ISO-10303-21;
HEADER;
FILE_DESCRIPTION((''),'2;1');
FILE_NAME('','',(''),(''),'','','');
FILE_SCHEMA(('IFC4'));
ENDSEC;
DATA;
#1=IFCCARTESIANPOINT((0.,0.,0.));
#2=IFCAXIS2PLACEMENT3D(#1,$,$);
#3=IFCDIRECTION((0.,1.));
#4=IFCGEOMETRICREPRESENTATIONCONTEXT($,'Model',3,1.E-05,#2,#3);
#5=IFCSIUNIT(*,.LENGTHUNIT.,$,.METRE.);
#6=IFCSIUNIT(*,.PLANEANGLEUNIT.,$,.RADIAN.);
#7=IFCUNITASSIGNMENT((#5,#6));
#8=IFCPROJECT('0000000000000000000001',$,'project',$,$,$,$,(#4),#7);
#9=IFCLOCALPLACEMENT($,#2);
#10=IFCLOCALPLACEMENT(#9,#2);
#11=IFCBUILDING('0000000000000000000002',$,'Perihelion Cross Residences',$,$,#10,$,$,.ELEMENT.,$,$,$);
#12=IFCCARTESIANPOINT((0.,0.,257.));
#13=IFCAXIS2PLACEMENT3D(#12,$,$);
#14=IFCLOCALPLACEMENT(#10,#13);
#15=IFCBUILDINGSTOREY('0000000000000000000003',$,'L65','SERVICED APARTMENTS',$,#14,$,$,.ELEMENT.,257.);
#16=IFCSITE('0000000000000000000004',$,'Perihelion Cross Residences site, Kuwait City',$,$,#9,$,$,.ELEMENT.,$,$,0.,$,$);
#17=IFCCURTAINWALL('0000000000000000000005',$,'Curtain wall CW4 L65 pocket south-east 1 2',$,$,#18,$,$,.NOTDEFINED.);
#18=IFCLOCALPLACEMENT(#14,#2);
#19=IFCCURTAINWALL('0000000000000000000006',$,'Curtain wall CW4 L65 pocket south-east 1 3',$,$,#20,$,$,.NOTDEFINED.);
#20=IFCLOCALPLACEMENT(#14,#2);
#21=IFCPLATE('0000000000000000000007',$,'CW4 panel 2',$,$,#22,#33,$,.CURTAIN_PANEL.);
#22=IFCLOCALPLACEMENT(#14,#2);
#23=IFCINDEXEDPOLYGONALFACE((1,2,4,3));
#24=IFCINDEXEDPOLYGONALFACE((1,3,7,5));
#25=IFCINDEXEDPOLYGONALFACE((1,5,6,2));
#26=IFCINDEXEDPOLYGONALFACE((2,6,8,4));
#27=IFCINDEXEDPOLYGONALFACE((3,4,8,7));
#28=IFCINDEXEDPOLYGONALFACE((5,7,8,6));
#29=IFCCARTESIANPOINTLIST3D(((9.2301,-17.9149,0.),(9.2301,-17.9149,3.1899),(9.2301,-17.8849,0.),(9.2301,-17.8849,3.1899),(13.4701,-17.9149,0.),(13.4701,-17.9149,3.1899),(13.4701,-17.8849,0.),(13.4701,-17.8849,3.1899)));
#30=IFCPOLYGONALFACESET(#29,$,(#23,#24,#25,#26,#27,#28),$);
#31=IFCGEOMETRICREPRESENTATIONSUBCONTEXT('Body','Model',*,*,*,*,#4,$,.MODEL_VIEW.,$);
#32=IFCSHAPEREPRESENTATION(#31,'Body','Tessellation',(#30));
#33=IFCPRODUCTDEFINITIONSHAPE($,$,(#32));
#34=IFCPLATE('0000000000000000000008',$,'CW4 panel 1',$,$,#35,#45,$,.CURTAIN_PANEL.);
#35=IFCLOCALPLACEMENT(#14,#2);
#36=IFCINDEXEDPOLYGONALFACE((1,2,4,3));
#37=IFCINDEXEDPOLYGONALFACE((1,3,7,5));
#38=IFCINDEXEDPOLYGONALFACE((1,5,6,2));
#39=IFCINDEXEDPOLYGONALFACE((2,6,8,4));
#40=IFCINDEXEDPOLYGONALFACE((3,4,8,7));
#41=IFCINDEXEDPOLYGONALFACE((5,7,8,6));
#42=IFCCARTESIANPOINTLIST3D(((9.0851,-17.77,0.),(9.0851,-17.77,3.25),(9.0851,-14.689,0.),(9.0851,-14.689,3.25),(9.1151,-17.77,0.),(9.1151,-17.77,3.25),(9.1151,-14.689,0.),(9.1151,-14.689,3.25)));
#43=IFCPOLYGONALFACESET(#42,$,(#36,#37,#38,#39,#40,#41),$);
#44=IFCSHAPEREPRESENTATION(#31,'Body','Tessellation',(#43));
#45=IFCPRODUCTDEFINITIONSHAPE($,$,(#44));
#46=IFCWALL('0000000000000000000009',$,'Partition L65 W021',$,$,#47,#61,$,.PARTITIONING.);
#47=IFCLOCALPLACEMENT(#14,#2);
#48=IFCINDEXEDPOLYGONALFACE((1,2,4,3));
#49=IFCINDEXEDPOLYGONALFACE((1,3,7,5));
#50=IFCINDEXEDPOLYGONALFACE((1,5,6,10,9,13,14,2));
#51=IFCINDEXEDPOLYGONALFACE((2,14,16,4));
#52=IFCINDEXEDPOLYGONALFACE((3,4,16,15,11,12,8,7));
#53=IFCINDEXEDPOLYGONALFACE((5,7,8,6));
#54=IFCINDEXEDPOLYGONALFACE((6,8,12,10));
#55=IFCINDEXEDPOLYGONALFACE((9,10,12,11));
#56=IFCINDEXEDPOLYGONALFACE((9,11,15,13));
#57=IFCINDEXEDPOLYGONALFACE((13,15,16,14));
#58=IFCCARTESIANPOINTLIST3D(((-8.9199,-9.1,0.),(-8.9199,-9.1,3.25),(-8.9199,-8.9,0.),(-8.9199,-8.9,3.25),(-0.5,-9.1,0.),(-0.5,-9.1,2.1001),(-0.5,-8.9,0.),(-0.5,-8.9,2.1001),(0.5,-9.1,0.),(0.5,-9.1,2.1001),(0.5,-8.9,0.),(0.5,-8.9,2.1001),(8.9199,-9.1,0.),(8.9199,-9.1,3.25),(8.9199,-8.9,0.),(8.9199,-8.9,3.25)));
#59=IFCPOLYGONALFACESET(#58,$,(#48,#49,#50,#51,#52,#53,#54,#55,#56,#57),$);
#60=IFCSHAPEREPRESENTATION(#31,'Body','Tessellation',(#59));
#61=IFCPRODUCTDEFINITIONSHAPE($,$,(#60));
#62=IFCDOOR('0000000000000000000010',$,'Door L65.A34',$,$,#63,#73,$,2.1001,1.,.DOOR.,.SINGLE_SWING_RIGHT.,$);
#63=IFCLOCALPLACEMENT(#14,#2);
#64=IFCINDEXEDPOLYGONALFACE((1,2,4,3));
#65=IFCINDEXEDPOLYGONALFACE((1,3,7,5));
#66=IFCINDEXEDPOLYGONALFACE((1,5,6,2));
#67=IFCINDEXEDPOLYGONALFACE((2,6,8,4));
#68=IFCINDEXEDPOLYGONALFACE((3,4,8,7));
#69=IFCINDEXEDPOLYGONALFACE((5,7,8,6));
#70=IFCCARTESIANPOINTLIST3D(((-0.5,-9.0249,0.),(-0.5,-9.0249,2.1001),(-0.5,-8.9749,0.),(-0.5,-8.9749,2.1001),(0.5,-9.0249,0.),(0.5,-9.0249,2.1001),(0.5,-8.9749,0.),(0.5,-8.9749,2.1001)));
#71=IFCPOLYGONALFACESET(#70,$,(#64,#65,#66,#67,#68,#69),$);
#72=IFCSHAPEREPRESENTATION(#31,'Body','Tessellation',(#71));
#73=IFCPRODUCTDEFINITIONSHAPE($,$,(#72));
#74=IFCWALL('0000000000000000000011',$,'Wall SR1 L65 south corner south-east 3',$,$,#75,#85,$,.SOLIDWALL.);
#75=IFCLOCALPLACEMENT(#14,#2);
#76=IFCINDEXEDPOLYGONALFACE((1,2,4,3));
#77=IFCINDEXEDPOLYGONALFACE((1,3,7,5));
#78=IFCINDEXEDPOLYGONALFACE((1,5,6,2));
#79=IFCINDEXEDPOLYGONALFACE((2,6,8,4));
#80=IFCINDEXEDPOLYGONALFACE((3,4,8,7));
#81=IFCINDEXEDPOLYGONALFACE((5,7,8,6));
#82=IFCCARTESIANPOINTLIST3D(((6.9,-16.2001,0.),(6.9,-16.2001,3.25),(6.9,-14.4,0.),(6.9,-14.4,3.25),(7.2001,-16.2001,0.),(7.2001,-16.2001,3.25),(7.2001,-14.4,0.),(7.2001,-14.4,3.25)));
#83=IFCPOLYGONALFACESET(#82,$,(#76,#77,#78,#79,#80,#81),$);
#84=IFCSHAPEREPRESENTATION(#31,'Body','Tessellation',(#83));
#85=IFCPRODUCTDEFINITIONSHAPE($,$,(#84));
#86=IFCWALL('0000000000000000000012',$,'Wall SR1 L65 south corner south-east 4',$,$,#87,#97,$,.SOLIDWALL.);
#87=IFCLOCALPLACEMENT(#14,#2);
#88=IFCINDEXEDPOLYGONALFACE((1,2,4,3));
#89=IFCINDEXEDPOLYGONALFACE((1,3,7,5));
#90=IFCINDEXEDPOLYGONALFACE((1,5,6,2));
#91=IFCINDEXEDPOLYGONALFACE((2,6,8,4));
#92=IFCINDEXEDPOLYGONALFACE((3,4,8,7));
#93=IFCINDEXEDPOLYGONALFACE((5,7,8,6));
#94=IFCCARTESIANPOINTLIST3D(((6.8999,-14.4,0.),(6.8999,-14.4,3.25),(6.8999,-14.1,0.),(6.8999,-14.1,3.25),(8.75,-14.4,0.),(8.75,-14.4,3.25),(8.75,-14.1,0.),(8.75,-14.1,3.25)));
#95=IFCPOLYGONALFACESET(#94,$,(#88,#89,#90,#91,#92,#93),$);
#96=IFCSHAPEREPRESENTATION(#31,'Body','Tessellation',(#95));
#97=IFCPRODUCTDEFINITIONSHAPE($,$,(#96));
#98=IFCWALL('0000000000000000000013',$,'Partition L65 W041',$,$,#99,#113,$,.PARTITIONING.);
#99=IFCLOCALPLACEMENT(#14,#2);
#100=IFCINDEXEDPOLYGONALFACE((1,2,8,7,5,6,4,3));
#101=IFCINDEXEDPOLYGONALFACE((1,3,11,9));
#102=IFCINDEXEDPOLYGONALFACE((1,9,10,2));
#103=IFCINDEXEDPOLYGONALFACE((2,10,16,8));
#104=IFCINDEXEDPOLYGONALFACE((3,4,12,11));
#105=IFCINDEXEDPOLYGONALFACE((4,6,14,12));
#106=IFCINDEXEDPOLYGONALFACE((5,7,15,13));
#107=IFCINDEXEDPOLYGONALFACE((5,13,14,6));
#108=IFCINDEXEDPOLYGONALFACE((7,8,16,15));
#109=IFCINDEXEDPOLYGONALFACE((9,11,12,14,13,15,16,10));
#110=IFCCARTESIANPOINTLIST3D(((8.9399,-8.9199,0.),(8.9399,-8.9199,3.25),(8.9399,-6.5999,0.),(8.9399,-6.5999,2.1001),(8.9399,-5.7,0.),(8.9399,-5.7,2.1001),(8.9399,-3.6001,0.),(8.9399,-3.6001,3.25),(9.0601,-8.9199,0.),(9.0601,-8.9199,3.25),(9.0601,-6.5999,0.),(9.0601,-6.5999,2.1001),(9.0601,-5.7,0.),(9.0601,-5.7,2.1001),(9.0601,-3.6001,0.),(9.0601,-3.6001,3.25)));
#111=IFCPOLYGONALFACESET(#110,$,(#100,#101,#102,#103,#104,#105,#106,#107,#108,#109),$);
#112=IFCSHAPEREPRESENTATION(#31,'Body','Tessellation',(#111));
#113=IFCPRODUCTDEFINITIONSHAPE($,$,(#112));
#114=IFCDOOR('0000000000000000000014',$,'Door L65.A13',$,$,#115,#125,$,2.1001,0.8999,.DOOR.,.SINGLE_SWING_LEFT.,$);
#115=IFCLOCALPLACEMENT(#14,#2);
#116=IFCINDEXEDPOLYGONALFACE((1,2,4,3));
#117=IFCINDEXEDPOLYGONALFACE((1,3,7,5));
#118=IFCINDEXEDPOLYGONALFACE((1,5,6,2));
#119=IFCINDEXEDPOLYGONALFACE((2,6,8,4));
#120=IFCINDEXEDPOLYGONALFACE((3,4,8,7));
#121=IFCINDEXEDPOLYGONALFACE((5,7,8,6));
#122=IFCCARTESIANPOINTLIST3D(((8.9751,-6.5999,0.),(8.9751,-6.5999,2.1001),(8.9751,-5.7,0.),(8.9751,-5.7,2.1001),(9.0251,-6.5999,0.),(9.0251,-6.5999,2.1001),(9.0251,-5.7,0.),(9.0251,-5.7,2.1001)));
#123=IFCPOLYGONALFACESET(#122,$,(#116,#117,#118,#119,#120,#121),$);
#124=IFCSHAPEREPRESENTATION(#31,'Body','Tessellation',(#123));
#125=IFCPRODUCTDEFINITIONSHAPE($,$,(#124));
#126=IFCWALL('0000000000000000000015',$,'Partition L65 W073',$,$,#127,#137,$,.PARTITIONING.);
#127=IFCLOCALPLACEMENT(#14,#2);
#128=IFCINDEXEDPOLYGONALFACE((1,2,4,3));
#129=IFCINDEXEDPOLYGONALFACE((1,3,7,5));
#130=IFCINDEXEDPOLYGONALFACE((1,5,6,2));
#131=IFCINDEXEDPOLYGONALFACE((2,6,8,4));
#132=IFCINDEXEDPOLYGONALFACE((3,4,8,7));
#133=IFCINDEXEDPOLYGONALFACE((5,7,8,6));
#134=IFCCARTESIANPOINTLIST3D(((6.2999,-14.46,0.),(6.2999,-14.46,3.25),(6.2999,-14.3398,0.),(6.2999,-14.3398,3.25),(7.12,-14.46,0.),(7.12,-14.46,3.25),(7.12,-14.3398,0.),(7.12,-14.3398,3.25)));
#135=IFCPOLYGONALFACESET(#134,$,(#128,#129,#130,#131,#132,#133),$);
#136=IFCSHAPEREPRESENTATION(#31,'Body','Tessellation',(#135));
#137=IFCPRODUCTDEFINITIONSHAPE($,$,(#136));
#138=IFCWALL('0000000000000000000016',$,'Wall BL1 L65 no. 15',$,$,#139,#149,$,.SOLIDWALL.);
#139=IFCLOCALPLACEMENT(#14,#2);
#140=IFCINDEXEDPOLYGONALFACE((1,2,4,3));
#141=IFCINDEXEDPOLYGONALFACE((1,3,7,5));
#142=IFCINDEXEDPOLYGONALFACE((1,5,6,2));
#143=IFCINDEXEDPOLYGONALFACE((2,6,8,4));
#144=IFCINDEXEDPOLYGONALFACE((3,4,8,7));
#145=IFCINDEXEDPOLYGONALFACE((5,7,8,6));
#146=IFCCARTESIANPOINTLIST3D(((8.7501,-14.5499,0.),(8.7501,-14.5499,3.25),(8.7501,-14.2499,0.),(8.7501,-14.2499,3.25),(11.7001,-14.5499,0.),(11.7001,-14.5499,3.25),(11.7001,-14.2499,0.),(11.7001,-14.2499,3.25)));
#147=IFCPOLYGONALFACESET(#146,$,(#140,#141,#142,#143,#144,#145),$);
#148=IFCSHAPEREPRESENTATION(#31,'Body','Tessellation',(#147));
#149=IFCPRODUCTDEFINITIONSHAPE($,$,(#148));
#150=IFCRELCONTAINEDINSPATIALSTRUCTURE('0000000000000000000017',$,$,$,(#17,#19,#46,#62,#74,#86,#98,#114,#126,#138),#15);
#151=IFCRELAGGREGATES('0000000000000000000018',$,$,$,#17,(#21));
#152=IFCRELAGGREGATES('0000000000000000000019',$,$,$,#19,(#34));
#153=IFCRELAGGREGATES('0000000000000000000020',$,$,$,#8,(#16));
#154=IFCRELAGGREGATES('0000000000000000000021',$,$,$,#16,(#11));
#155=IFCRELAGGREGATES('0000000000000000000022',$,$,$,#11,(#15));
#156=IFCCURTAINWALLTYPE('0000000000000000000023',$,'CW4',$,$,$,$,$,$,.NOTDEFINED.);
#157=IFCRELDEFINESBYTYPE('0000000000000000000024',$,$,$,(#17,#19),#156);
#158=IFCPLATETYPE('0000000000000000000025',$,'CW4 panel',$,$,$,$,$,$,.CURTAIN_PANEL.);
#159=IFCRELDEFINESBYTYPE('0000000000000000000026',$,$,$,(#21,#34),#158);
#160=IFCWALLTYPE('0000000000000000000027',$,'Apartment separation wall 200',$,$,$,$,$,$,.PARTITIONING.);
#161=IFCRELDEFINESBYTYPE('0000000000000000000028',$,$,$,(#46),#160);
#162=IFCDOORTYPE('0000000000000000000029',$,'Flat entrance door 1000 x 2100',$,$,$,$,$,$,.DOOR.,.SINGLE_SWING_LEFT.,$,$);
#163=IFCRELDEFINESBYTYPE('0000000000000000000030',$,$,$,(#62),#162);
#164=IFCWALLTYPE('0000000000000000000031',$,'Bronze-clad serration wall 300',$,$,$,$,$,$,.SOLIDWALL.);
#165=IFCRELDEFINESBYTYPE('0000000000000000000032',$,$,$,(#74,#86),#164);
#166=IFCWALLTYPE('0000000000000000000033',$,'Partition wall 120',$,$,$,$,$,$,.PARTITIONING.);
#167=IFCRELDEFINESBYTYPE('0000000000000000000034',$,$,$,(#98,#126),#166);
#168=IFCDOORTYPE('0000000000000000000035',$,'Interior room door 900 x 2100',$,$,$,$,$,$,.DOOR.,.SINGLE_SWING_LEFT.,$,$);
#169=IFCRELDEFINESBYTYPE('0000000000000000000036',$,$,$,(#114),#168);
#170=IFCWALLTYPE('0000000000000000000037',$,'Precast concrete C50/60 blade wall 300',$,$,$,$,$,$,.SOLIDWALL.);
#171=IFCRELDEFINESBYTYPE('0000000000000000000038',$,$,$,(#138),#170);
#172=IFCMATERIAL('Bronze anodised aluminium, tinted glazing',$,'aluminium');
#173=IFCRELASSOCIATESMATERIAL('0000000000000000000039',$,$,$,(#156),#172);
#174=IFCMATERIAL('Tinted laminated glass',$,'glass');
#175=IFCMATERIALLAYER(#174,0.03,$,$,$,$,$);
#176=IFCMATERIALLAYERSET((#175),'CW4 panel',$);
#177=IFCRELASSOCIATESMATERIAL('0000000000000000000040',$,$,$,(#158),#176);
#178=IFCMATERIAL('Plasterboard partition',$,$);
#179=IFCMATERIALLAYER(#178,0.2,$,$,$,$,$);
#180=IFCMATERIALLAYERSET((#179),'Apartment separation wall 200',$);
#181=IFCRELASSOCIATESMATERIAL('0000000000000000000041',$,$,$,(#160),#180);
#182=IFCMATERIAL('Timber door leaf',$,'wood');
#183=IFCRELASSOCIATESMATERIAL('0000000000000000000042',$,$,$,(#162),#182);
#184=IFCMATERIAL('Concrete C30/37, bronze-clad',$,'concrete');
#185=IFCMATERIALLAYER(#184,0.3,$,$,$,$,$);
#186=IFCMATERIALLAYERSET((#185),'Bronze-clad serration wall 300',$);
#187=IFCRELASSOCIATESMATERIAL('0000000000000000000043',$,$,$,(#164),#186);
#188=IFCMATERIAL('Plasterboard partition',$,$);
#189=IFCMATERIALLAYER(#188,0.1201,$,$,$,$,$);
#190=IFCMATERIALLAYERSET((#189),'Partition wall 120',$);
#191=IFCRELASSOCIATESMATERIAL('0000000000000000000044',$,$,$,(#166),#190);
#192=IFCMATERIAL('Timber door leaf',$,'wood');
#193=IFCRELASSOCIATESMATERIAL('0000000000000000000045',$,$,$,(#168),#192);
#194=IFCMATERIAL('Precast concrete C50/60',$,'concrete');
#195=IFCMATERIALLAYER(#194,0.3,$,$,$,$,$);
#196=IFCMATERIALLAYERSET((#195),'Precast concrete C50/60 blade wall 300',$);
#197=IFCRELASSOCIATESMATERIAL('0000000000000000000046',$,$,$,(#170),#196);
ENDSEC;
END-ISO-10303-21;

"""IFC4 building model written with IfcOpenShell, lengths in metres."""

from ifc_helpers import new_model, si_unit, direction, frame, frame_2d, origin, origin_2d, place, context, subcontext, project, spatial, rectangle, extrude, material, layer, layer_set, type_object, element, fill, aggregate, save


model = new_model("IFC4")

# Units and contexts
model_context = context("Model", 3, precision=1e-05, world=origin(), true_north=direction((0.0, 1.0)))
body_context = subcontext(model_context, "Body", "Model", "MODEL_VIEW")
ifc_project = project(units=[si_unit("LENGTHUNIT", "METRE"), si_unit("PLANEANGLEUNIT", "RADIAN")], contexts=[model_context])

# Site, building, storey
site_placement = place(None, origin())
site = spatial("IfcSite", under=ifc_project, at=site_placement, Name="Perihelion Cross Residences site, Kuwait City", CompositionType="ELEMENT", RefElevation=0.0)
building_placement = place(site_placement, origin())
building = spatial("IfcBuilding", under=site, at=building_placement, Name="Perihelion Cross Residences", CompositionType="ELEMENT")
storey_placement = place(building_placement, frame((0.0, 0.0, 257.0)))
storey = spatial("IfcBuildingStorey", under=building, at=storey_placement, Name="L65", Description="SERVICED APARTMENTS", CompositionType="ELEMENT", Elevation=257.0)

# Curtain wall
ifc_material_1 = material(Name="Bronze anodised aluminium, tinted glazing", Category="aluminium")
curtain_wall_type_1 = type_object("IfcCurtainWallType", Name="CW4", PredefinedType="NOTDEFINED", material=ifc_material_1)
curtain_wall_1_placement = place(storey_placement, origin())
curtain_wall_1 = element("IfcCurtainWall", 1, at=curtain_wall_1_placement, inside=storey, type_object=curtain_wall_type_1, Name="Curtain wall CW4 L65 pocket south-east 1 2", PredefinedType="NOTDEFINED")

# Curtain wall
curtain_wall_2_placement = place(storey_placement, origin())
curtain_wall_2 = element("IfcCurtainWall", 2, at=curtain_wall_2_placement, inside=storey, type_object=curtain_wall_type_1, Name="Curtain wall CW4 L65 pocket south-east 1 3", PredefinedType="NOTDEFINED")

# Plates
ifc_material_2 = material(Name="Tinted laminated glass", Category="glass")
ifc_layer_1 = layer(ifc_material_2, 0.03)
ifc_layer_set_1 = layer_set([ifc_layer_1], Name="CW4 panel")
plate_type_1 = type_object("IfcPlateType", Name="CW4 panel", PredefinedType="CURTAIN_PANEL", material=ifc_layer_set_1)
plate_1_placement = place(storey_placement, frame((11.3501, -17.8999, 0.0), z_axis=(0.0, 0.0, 1.0), x_axis=(-1.0, 0.0, 0.0)))
plate_1 = element("IfcPlate", 3, at=plate_1_placement, type_object=plate_type_1, Name="CW4 panel 2", PredefinedType="CURTAIN_PANEL", context=body_context, shape_type="SweptSolid", body=[
    extrude(rectangle(XDim=4.24, YDim=0.03, at=origin_2d()), origin(), (0.0, 0.0, 1.0), 3.1899),
])
aggregate(curtain_wall_1, [plate_1])
plate_2_placement = place(storey_placement, frame((9.1001, -16.2295, 0.0), z_axis=(0.0, 0.0, 1.0), x_axis=(0.0, 1.0, 0.0)))
plate_2 = element("IfcPlate", 4, at=plate_2_placement, type_object=plate_type_1, Name="CW4 panel 1", PredefinedType="CURTAIN_PANEL", context=body_context, shape_type="SweptSolid", body=[
    extrude(rectangle(XDim=3.0811, YDim=0.03, at=origin_2d()), origin(), (0.0, 0.0, 1.0), 3.25),
])
aggregate(curtain_wall_2, [plate_2])

# Wall, opening, door
ifc_material_3 = material(Name="Plasterboard partition")
ifc_layer_2 = layer(ifc_material_3, 0.2)
ifc_layer_set_2 = layer_set([ifc_layer_2], Name="Apartment separation wall 200")
wall_type_1 = type_object("IfcWallType", Name="Apartment separation wall 200", PredefinedType="PARTITIONING", material=ifc_layer_set_2)
wall_1_placement = place(storey_placement, frame((8.9199, -9.0, 0.0), z_axis=(0.0, 0.0, 1.0), x_axis=(-1.0, 0.0, 0.0)))
wall_1 = element("IfcWall", 5, at=wall_1_placement, inside=storey, type_object=wall_type_1, Name="Partition L65 W021", PredefinedType="PARTITIONING", context=body_context, shape_type="SweptSolid", body=[
    extrude(rectangle(XDim=17.8398, YDim=0.2, at=frame_2d((8.9199, 0.0))), origin(), (0.0, 0.0, 1.0), 3.25),
])
opening_1_placement = place(wall_1_placement, frame((8.4199, 0.0, 0.0)))
opening_1 = element("IfcOpeningElement", 6, at=opening_1_placement, cuts=wall_1, PredefinedType="OPENING", context=body_context, shape_type="SweptSolid", body=[
    extrude(rectangle(XDim=1.0, YDim=2.1001, at=frame_2d((0.5, 1.05))), frame((0.0, 0.1099, 0.0), z_axis=(0.0, -1.0, 0.0), x_axis=(1.0, 0.0, 0.0)), (0.0, 0.0, 1.0), 0.22),
])
ifc_material_4 = material(Name="Timber door leaf", Category="wood")
door_type_1 = type_object("IfcDoorType", Name="Flat entrance door 1000 x 2100", OperationType="SINGLE_SWING_LEFT", PredefinedType="DOOR", material=ifc_material_4)
door_1_placement = place(opening_1_placement, origin())
door_1 = element("IfcDoor", 7, at=door_1_placement, inside=storey, type_object=door_type_1, Name="Door L65.A34", OperationType="SINGLE_SWING_RIGHT", OverallHeight=2.1001, OverallWidth=1.0, PredefinedType="DOOR", context=body_context, shape_type="SweptSolid", body=[
    extrude(rectangle(XDim=1.0, YDim=2.1001, at=frame_2d((0.5, 1.05))), frame((0.0, 0.0249, 0.0), z_axis=(0.0, -1.0, 0.0), x_axis=(1.0, 0.0, 0.0)), (0.0, 0.0, 1.0), 0.05),
])
fill(opening_1, door_1)

# Walls
ifc_material_5 = material(Name="Concrete C30/37, bronze-clad", Category="concrete")
ifc_layer_3 = layer(ifc_material_5, 0.3)
ifc_layer_set_3 = layer_set([ifc_layer_3], Name="Bronze-clad serration wall 300")
wall_type_2 = type_object("IfcWallType", Name="Bronze-clad serration wall 300", PredefinedType="SOLIDWALL", material=ifc_layer_set_3)
wall_2_placement = place(storey_placement, frame((7.05, -16.2, 0.0), z_axis=(0.0, 0.0, 1.0), x_axis=(0.0, 1.0, 0.0)))
element("IfcWall", 8, at=wall_2_placement, inside=storey, type_object=wall_type_2, Name="Wall SR1 L65 south corner south-east 3", PredefinedType="SOLIDWALL", context=body_context, shape_type="SweptSolid", body=[
    extrude(rectangle(XDim=1.8, YDim=0.3, at=frame_2d((0.8999, 0.0))), origin(), (0.0, 0.0, 1.0), 3.25),
])
wall_3_placement = place(storey_placement, frame((6.8999, -14.25, 0.0), z_axis=(0.0, 0.0, 1.0), x_axis=(1.0, 0.0, 0.0)))
element("IfcWall", 9, at=wall_3_placement, inside=storey, type_object=wall_type_2, Name="Wall SR1 L65 south corner south-east 4", PredefinedType="SOLIDWALL", context=body_context, shape_type="SweptSolid", body=[
    extrude(rectangle(XDim=1.8501, YDim=0.3, at=frame_2d((0.925, 0.0))), origin(), (0.0, 0.0, 1.0), 3.25),
])

# Wall, opening, door
ifc_material_6 = material(Name="Plasterboard partition")
ifc_layer_4 = layer(ifc_material_6, 0.1201)
ifc_layer_set_4 = layer_set([ifc_layer_4], Name="Partition wall 120")
wall_type_3 = type_object("IfcWallType", Name="Partition wall 120", PredefinedType="PARTITIONING", material=ifc_layer_set_4)
wall_4_placement = place(storey_placement, frame((9.0, -8.9199, 0.0), z_axis=(0.0, 0.0, 1.0), x_axis=(0.0, 1.0, 0.0)))
wall_4 = element("IfcWall", 10, at=wall_4_placement, inside=storey, type_object=wall_type_3, Name="Partition L65 W041", PredefinedType="PARTITIONING", context=body_context, shape_type="SweptSolid", body=[
    extrude(rectangle(XDim=5.3198, YDim=0.1201, at=frame_2d((2.6599, 0.0))), origin(), (0.0, 0.0, 1.0), 3.25),
])
opening_2_placement = place(wall_4_placement, frame((2.3201, 0.0, 0.0)))
opening_2 = element("IfcOpeningElement", 11, at=opening_2_placement, cuts=wall_4, PredefinedType="OPENING", context=body_context, shape_type="SweptSolid", body=[
    extrude(rectangle(XDim=0.8999, YDim=2.1001, at=frame_2d((0.45, 1.05))), frame((0.0, 0.0701, 0.0), z_axis=(0.0, -1.0, 0.0), x_axis=(1.0, 0.0, 0.0)), (0.0, 0.0, 1.0), 0.1401),
])
ifc_material_7 = material(Name="Timber door leaf", Category="wood")
door_type_2 = type_object("IfcDoorType", Name="Interior room door 900 x 2100", OperationType="SINGLE_SWING_LEFT", PredefinedType="DOOR", material=ifc_material_7)
door_2_placement = place(opening_2_placement, origin())
door_2 = element("IfcDoor", 12, at=door_2_placement, inside=storey, type_object=door_type_2, Name="Door L65.A13", OperationType="SINGLE_SWING_LEFT", OverallHeight=2.1001, OverallWidth=0.8999, PredefinedType="DOOR", context=body_context, shape_type="SweptSolid", body=[
    extrude(rectangle(XDim=0.8999, YDim=2.1001, at=frame_2d((0.45, 1.05))), frame((0.0, 0.0249, 0.0), z_axis=(0.0, -1.0, 0.0), x_axis=(1.0, 0.0, 0.0)), (0.0, 0.0, 1.0), 0.05),
])
fill(opening_2, door_2)

# Walls
wall_5_placement = place(storey_placement, frame((7.1201, -14.3999, 0.0), z_axis=(0.0, 0.0, 1.0), x_axis=(-1.0, 0.0, 0.0)))
element("IfcWall", 13, at=wall_5_placement, inside=storey, type_object=wall_type_3, Name="Partition L65 W073", PredefinedType="PARTITIONING", context=body_context, shape_type="SweptSolid", body=[
    extrude(rectangle(XDim=0.8201, YDim=0.1201, at=frame_2d((0.4102, 0.0))), origin(), (0.0, 0.0, 1.0), 3.25),
])
ifc_material_8 = material(Name="Precast concrete C50/60", Category="concrete")
ifc_layer_5 = layer(ifc_material_8, 0.3)
ifc_layer_set_5 = layer_set([ifc_layer_5], Name="Precast concrete C50/60 blade wall 300")
wall_type_4 = type_object("IfcWallType", Name="Precast concrete C50/60 blade wall 300", PredefinedType="SOLIDWALL", material=ifc_layer_set_5)
wall_6_placement = place(storey_placement, frame((8.75, -14.3999, 0.0), z_axis=(0.0, 0.0, 1.0), x_axis=(1.0, 0.0, 0.0)))
element("IfcWall", 14, at=wall_6_placement, inside=storey, type_object=wall_type_4, Name="Wall BL1 L65 no. 15", PredefinedType="SOLIDWALL", context=body_context, shape_type="SweptSolid", body=[
    extrude(rectangle(XDim=2.95, YDim=0.3, at=frame_2d((1.4751, 0.0))), origin(), (0.0, 0.0, 1.0), 3.25),
])

save(model, "model.ifc")
